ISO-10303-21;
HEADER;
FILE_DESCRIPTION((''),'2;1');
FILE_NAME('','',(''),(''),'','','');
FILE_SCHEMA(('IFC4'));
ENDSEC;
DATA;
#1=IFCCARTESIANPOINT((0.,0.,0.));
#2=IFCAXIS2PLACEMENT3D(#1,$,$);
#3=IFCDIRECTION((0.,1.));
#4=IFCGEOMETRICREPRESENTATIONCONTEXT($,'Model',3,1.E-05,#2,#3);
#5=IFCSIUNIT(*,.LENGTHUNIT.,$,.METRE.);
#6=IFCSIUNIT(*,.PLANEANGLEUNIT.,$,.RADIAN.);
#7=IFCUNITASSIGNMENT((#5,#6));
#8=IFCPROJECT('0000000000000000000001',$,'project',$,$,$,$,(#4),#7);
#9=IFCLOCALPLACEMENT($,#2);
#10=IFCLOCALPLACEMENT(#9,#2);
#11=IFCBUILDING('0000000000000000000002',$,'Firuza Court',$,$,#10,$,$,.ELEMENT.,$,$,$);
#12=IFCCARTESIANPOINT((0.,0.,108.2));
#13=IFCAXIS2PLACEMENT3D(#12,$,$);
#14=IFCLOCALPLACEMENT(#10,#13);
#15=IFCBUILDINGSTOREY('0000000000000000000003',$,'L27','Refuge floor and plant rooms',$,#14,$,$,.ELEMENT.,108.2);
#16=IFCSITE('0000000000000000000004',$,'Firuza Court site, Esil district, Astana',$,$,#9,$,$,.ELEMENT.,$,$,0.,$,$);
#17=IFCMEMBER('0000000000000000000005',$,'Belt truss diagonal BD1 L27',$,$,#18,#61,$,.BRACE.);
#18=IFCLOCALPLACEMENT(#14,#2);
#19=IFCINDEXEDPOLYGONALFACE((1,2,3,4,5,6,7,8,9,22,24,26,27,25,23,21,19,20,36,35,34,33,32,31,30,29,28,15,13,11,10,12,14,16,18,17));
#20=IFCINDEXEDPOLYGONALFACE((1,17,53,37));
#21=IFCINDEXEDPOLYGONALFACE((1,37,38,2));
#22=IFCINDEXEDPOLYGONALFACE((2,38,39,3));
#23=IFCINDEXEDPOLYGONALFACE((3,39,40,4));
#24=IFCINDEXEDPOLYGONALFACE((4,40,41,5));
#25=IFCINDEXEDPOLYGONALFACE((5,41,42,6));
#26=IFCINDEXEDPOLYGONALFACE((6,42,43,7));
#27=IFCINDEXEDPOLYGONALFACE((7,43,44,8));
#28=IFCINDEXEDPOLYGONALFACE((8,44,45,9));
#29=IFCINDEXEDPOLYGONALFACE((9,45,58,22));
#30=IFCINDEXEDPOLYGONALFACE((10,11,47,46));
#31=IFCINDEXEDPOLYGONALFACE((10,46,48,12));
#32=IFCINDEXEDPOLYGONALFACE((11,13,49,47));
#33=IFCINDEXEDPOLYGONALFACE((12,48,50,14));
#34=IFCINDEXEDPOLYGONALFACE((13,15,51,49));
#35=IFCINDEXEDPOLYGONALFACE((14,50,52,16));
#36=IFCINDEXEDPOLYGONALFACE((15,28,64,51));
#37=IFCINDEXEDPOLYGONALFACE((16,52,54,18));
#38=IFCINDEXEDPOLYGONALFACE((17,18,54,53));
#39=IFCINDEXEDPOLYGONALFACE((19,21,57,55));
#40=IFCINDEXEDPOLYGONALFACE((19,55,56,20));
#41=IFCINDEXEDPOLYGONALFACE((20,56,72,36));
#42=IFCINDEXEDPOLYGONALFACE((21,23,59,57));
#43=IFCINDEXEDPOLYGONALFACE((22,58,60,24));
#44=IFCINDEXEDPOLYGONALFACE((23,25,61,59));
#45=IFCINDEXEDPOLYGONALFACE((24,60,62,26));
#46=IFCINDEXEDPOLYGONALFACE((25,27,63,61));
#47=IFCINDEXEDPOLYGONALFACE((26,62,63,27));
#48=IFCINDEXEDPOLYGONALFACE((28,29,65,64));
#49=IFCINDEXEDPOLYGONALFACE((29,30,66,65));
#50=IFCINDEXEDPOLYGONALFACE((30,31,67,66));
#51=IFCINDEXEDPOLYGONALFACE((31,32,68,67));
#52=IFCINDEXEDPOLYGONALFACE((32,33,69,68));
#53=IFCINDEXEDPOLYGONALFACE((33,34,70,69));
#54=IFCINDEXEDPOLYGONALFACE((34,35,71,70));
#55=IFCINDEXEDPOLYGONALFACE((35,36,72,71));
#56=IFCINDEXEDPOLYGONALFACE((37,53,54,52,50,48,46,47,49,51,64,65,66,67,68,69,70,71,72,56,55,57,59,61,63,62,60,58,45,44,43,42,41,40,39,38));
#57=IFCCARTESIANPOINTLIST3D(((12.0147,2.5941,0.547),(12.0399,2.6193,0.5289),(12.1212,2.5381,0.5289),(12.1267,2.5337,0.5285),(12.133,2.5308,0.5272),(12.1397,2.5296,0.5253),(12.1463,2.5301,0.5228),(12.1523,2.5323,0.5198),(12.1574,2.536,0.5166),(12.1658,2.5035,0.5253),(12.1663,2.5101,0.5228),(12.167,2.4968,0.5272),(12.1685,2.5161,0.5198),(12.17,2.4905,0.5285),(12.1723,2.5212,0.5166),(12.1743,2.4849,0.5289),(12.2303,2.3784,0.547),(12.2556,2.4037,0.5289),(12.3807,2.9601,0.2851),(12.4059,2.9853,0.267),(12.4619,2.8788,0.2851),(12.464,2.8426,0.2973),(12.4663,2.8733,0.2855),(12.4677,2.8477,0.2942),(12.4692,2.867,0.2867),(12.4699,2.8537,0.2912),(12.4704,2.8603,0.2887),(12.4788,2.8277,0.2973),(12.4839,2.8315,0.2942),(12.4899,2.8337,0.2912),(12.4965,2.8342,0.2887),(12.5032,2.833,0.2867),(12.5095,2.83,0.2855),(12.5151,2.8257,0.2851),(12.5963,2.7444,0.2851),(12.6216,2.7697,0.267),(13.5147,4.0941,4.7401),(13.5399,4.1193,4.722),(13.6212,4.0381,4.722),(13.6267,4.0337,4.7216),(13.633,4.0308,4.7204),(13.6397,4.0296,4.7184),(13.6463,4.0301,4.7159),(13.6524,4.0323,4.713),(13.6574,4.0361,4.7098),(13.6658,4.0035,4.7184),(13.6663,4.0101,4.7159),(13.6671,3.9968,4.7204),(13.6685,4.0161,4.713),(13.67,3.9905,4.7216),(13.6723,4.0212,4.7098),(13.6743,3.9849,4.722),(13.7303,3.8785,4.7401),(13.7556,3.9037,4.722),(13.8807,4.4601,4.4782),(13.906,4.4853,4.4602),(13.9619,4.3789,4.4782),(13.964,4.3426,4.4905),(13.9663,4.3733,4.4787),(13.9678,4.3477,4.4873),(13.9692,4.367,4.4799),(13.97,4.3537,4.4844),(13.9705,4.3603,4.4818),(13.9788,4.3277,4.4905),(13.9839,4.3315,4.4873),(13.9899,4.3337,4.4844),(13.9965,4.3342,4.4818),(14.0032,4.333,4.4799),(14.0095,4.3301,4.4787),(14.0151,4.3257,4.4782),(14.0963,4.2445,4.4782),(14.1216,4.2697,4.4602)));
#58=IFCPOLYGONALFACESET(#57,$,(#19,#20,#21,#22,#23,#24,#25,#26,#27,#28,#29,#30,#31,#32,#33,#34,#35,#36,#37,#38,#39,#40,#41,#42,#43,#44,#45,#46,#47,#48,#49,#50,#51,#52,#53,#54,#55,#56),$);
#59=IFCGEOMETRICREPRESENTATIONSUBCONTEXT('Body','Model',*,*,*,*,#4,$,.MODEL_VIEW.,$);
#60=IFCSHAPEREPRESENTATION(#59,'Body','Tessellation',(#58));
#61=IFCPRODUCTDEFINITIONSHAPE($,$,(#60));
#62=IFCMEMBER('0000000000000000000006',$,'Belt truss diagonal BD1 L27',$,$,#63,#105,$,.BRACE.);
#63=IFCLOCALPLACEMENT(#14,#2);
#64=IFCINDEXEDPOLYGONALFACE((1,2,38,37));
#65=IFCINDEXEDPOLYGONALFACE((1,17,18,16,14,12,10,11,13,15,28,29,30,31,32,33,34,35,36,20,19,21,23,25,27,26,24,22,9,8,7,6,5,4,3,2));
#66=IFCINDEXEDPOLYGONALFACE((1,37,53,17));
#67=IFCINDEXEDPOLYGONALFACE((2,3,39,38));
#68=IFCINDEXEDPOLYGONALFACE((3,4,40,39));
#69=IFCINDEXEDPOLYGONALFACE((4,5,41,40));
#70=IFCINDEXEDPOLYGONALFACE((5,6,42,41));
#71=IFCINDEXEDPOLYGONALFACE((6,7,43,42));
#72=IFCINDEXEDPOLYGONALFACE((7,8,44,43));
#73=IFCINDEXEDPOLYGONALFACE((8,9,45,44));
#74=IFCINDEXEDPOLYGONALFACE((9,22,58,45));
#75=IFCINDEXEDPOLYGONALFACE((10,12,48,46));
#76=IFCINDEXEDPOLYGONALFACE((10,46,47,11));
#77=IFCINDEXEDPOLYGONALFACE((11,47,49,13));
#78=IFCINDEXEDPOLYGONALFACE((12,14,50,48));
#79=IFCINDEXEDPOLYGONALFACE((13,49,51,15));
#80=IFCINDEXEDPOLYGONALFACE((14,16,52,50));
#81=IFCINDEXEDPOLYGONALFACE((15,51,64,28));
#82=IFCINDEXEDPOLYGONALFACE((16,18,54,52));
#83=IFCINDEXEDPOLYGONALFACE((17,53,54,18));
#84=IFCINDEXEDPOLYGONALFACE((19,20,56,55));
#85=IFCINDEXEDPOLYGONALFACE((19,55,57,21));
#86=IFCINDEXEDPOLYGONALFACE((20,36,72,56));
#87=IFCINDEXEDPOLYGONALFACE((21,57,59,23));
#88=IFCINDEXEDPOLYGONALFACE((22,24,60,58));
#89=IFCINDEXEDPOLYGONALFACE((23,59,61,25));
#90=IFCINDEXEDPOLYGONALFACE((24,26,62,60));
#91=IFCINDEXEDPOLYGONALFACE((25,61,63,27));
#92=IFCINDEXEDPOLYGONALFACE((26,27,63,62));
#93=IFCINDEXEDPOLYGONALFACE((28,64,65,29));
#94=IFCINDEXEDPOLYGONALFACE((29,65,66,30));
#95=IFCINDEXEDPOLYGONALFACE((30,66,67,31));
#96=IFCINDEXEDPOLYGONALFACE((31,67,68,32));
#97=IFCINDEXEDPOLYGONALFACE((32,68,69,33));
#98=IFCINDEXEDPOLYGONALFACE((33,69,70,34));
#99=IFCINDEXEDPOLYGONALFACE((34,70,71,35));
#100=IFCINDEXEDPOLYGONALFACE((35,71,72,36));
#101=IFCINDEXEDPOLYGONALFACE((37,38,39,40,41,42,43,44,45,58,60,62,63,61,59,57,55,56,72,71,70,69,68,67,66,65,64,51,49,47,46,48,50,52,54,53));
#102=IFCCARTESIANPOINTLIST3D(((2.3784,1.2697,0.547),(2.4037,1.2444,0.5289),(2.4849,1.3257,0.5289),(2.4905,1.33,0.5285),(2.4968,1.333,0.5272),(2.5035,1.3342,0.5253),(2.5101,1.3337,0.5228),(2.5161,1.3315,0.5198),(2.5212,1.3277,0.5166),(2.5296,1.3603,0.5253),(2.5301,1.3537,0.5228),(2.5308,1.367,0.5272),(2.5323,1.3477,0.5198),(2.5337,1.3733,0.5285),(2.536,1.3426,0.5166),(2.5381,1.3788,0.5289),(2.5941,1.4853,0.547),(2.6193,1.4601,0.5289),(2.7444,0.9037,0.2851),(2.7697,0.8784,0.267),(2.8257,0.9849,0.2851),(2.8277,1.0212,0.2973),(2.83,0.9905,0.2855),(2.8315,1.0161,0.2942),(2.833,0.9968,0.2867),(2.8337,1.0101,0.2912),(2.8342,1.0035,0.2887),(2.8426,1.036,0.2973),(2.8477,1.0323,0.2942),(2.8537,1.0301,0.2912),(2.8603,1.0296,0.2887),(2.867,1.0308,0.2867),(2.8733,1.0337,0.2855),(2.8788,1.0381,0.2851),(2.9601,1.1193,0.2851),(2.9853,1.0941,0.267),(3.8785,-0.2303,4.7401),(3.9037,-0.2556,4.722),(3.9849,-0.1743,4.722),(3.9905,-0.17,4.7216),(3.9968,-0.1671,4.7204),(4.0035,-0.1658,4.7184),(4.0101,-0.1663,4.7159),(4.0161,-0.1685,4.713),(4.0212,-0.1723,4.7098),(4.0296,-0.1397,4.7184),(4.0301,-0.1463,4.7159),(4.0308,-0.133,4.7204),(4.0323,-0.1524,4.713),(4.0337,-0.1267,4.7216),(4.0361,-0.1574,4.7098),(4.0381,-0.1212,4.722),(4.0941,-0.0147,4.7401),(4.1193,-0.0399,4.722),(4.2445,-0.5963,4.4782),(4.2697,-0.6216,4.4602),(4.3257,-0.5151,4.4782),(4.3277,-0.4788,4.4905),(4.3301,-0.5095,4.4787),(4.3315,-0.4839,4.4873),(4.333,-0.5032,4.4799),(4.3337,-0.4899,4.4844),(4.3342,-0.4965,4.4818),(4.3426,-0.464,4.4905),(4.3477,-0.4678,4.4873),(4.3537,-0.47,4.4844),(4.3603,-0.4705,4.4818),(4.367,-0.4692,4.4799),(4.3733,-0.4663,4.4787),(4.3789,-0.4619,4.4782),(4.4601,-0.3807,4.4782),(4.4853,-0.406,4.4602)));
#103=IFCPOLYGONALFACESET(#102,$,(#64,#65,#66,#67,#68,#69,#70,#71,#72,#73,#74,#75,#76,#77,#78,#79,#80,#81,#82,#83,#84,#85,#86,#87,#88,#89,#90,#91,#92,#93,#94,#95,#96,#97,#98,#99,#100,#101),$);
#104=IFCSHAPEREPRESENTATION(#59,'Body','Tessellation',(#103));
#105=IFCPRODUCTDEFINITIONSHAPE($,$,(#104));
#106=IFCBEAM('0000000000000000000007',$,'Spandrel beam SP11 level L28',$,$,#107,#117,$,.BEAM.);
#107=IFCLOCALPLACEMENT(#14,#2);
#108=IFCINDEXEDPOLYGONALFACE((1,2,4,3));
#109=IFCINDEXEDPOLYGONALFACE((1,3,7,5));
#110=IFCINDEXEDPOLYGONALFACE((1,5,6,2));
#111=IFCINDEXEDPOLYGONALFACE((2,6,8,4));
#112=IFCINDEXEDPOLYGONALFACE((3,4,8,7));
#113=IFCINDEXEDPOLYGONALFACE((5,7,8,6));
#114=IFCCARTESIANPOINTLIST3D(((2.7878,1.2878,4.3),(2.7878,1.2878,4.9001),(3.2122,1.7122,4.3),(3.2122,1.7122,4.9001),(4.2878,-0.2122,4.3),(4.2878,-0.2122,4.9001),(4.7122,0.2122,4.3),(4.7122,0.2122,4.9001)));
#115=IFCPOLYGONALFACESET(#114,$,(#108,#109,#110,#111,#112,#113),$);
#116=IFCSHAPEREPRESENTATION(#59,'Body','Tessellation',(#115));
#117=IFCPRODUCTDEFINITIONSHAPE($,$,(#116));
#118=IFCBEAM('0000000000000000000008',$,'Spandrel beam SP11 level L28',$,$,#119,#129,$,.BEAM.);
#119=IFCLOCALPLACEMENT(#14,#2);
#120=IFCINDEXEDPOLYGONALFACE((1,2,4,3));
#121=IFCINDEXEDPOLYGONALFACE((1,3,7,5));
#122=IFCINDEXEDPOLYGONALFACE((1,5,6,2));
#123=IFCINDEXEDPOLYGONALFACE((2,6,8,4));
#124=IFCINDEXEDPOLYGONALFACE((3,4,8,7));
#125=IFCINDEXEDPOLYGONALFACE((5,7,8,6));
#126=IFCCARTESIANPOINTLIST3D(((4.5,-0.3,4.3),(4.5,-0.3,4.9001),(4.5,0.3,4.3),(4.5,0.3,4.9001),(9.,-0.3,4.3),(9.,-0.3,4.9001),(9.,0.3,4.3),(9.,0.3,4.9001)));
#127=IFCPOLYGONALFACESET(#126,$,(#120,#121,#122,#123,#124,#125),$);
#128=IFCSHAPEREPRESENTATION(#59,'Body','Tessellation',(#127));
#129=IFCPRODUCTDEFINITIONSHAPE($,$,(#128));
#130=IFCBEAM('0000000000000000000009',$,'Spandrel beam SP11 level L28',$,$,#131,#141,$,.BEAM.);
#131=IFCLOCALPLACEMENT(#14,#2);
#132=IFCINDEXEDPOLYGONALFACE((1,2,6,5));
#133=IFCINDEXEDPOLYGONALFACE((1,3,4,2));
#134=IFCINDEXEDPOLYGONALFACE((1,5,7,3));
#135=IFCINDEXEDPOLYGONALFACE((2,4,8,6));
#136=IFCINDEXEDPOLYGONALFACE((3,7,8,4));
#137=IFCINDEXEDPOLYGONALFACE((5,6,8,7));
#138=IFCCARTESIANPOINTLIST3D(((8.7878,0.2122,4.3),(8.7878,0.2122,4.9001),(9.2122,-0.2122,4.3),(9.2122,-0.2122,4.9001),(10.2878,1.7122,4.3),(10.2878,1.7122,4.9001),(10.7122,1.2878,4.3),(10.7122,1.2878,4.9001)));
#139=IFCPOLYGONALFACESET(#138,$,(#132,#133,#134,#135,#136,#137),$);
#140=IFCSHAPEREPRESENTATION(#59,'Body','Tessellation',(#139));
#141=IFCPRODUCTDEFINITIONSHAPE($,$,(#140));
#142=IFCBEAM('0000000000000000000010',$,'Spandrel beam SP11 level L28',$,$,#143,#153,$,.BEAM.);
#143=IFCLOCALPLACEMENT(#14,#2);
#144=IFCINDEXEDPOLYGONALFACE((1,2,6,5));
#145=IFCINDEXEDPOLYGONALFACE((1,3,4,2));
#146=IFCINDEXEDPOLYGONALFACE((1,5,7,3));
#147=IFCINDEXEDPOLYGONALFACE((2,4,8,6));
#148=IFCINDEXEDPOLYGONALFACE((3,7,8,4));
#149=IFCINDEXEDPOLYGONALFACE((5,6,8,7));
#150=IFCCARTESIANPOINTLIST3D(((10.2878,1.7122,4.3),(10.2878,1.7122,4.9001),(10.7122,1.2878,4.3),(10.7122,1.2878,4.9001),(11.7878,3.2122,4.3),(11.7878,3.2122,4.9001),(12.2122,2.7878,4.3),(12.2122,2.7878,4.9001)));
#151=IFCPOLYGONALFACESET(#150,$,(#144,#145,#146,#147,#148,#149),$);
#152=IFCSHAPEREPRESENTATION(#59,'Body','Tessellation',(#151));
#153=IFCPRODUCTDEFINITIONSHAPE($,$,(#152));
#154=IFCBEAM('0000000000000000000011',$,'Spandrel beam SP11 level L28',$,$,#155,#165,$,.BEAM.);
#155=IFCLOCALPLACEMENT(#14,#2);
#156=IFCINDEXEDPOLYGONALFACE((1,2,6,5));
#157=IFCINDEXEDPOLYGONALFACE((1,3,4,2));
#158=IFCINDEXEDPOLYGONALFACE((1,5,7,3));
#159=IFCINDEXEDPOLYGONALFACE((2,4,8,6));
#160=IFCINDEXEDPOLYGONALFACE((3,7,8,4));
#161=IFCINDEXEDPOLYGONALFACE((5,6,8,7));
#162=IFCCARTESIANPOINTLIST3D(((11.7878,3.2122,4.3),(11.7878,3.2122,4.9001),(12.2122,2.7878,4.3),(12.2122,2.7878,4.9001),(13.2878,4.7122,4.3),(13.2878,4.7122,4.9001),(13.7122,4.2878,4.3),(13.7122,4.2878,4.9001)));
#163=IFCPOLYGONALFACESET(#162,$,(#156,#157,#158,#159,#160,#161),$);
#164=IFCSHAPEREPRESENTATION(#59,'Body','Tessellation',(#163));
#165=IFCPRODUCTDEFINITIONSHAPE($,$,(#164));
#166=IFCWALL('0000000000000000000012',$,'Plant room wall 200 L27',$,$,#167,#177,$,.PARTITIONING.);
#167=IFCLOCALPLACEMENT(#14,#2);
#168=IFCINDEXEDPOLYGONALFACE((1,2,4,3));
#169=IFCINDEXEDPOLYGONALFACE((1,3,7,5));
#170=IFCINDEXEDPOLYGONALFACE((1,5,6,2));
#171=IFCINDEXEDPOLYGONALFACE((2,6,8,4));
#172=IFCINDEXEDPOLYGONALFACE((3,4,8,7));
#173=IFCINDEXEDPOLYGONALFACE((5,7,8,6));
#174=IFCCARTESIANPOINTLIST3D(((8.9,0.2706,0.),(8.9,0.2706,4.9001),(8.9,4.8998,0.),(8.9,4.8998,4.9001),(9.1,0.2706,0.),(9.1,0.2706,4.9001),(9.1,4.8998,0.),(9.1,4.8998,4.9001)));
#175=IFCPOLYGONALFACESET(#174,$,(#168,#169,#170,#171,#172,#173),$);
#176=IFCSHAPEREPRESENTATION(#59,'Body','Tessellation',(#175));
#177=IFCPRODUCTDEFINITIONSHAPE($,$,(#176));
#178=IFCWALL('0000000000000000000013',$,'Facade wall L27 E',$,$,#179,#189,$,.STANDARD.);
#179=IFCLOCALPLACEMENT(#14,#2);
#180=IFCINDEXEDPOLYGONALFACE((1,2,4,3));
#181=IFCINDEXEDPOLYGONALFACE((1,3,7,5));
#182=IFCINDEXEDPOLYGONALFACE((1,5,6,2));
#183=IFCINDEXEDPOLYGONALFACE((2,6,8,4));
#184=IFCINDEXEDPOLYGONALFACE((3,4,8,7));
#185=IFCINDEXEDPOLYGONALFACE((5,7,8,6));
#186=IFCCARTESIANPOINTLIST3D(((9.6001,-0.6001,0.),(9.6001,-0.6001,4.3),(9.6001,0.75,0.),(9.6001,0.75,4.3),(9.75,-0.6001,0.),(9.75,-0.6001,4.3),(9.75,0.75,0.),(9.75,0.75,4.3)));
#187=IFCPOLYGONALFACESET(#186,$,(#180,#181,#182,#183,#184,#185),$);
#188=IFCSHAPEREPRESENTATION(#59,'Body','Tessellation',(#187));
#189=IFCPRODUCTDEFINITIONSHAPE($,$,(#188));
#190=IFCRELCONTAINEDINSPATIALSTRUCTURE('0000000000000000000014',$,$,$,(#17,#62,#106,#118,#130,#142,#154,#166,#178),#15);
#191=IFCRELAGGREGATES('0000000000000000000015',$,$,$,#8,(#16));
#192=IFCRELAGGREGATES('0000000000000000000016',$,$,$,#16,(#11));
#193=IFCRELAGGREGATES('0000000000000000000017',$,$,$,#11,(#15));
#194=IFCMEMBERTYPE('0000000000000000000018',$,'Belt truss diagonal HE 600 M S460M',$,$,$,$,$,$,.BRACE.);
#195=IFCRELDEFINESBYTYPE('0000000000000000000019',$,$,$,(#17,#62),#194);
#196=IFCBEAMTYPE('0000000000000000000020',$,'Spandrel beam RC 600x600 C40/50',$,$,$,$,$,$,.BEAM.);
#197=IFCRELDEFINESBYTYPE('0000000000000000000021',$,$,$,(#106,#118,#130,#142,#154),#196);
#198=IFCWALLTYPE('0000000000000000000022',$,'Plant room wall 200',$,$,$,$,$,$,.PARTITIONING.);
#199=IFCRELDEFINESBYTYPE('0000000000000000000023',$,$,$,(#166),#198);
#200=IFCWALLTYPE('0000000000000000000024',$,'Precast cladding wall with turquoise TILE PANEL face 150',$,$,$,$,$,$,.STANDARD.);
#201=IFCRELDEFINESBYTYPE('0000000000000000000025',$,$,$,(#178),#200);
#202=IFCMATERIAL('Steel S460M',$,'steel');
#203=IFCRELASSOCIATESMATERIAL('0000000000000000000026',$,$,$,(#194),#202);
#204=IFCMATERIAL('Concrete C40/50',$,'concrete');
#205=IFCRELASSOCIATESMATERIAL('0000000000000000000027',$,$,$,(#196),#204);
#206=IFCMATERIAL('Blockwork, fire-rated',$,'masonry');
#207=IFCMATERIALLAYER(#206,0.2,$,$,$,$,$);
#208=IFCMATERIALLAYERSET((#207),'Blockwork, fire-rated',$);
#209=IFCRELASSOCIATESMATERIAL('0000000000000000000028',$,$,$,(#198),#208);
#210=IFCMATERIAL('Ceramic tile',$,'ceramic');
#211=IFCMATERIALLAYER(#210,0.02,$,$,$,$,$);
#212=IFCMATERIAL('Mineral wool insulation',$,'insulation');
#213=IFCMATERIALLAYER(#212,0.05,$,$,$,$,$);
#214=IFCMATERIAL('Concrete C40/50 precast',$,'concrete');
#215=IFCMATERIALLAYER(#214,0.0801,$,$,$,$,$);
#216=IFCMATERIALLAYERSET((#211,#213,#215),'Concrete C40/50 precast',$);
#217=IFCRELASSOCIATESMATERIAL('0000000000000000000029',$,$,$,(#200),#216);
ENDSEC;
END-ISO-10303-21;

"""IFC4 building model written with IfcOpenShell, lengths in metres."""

from ifc_helpers import new_model, si_unit, direction, frame, frame_2d, origin, origin_2d, place, context, subcontext, project, spatial, rectangle, i_section, extrude, material, layer, layer_set, material_profile, profile_set, type_object, element, save


model = new_model("IFC4")

# Units and contexts
model_context = context("Model", 3, precision=1e-05, world=origin(), true_north=direction((0.0, 1.0)))
body_context = subcontext(model_context, "Body", "Model", "MODEL_VIEW")
ifc_project = project(units=[si_unit("LENGTHUNIT", "METRE"), si_unit("PLANEANGLEUNIT", "RADIAN")], contexts=[model_context])

# Site, building, storey
site_placement = place(None, origin())
site = spatial("IfcSite", under=ifc_project, at=site_placement, Name="Firuza Court site, Esil district, Astana", CompositionType="ELEMENT", RefElevation=0.0)
building_placement = place(site_placement, origin())
building = spatial("IfcBuilding", under=site, at=building_placement, Name="Firuza Court", CompositionType="ELEMENT")
storey_placement = place(building_placement, frame((0.0, 0.0, 108.2)))
storey = spatial("IfcBuildingStorey", under=building, at=storey_placement, Name="L27", Description="Refuge floor and plant rooms", CompositionType="ELEMENT", Elevation=108.2)

# Members
ifc_material_1 = material(Name="Steel S460M", Category="steel")
ifc_material_profile_1 = material_profile(ifc_material_1, i_section(OverallWidth=0.3049, OverallDepth=0.6201, WebThickness=0.021, FlangeThickness=0.04, FilletRadius=0.0271, at=origin_2d()), Name="HE 600 M")
ifc_profile_set_1 = profile_set([ifc_material_profile_1], Name="Steel S460M")
member_type_1 = type_object("IfcMemberType", Name="Belt truss diagonal HE 600 M S460M", PredefinedType="BRACE", material=ifc_profile_set_1)
for number, where, z_axis, x_axis, name in (
    (1, (12.3181, 2.6819, 0.407), (0.319205, 0.319205, 0.892309), (-0.707107, 0.707107, 0.0), "Belt truss diagonal BD1 L27"),
    (2, (2.6819, 1.1819, 0.407), (0.319205, -0.319205, 0.892309), (0.707107, 0.707107, 0.0), "Belt truss diagonal BD1 L27"),
):
    element("IfcMember", number, at=place(storey_placement, frame(where, z_axis=z_axis, x_axis=x_axis)), inside=storey, type_object=member_type_1, Name=name, PredefinedType="BRACE", context=body_context, shape_type="SweptSolid", body=[
        extrude(i_section(OverallWidth=0.3049, OverallDepth=0.6201, WebThickness=0.021, FlangeThickness=0.04, FilletRadius=0.0271, at=origin_2d()), origin(), (0.0, 0.0, 1.0), 4.6992),
    ])

# Beams
ifc_material_2 = material(Name="Concrete C40/50", Category="concrete")
ifc_material_profile_2 = material_profile(ifc_material_2, rectangle(XDim=0.6001, YDim=0.6001, at=origin_2d()), Name="RC 600x600")
ifc_profile_set_2 = profile_set([ifc_material_profile_2], Name="Concrete C40/50")
beam_type = type_object("IfcBeamType", Name="Spandrel beam RC 600x600 C40/50", PredefinedType="BEAM", material=ifc_profile_set_2)
beam_1_placement = place(storey_placement, frame((3.0, 1.5, 4.6001), z_axis=(0.707107, -0.707107, 0.0), x_axis=(0.707107, 0.707107, 0.0)))
element("IfcBeam", 3, at=beam_1_placement, inside=storey, type_object=beam_type, Name="Spandrel beam SP11 level L28", PredefinedType="BEAM", context=body_context, shape_type="SweptSolid", body=[
    extrude(rectangle(XDim=0.6001, YDim=0.6001, at=origin_2d()), origin(), (0.0, 0.0, 1.0), 2.1213),
])
beam_2_placement = place(storey_placement, frame((4.5, 0.0, 4.6001), z_axis=(1.0, 0.0, 0.0), x_axis=(0.0, 1.0, 0.0)))
element("IfcBeam", 4, at=beam_2_placement, inside=storey, type_object=beam_type, Name="Spandrel beam SP11 level L28", PredefinedType="BEAM", context=body_context, shape_type="SweptSolid", body=[
    extrude(rectangle(XDim=0.6001, YDim=0.6001, at=origin_2d()), origin(), (0.0, 0.0, 1.0), 4.5),
])
for number, where, z_axis, x_axis, name in (
    (5, (9.0, 0.0, 4.6001), (0.707107, 0.707107, 0.0), (-0.707107, 0.707107, 0.0), "Spandrel beam SP11 level L28"),
    (6, (10.5, 1.5, 4.6001), (0.707107, 0.707107, 0.0), (-0.707107, 0.707107, 0.0), "Spandrel beam SP11 level L28"),
    (7, (12.0, 3.0, 4.6001), (0.707107, 0.707107, 0.0), (-0.707107, 0.707107, 0.0), "Spandrel beam SP11 level L28"),
):
    element("IfcBeam", number, at=place(storey_placement, frame(where, z_axis=z_axis, x_axis=x_axis)), inside=storey, type_object=beam_type, Name=name, PredefinedType="BEAM", context=body_context, shape_type="SweptSolid", body=[
        extrude(rectangle(XDim=0.6001, YDim=0.6001, at=origin_2d()), origin(), (0.0, 0.0, 1.0), 2.1213),
    ])

# Walls
ifc_material_3 = material(Name="Blockwork, fire-rated", Category="masonry")
ifc_layer_1 = layer(ifc_material_3, 0.2)
ifc_layer_set_1 = layer_set([ifc_layer_1], Name="Blockwork, fire-rated")
wall_type_1 = type_object("IfcWallType", Name="Plant room wall 200", PredefinedType="PARTITIONING", material=ifc_layer_set_1)
wall_1_placement = place(storey_placement, frame((9.0, 0.2708, 0.0), z_axis=(0.0, 0.0, 1.0), x_axis=(0.0, 1.0, 0.0)))
element("IfcWall", 8, at=wall_1_placement, inside=storey, type_object=wall_type_1, Name="Plant room wall 200 L27", PredefinedType="PARTITIONING", context=body_context, shape_type="SweptSolid", body=[
    extrude(rectangle(XDim=4.6292, YDim=0.2, at=frame_2d((2.3145, 0.0))), origin(), (0.0, 0.0, 1.0), 4.9001),
])
ifc_material_4 = material(Name="Ceramic tile", Category="ceramic")
ifc_layer_2 = layer(ifc_material_4, 0.02)
ifc_material_5 = material(Name="Mineral wool insulation", Category="insulation")
ifc_layer_3 = layer(ifc_material_5, 0.05)
ifc_material_6 = material(Name="Concrete C40/50 precast", Category="concrete")
ifc_layer_4 = layer(ifc_material_6, 0.0801)
ifc_layer_set_2 = layer_set([ifc_layer_2, ifc_layer_3, ifc_layer_4], Name="Concrete C40/50 precast")
wall_type_2 = type_object("IfcWallType", Name="Precast cladding wall with turquoise TILE PANEL face 150", PredefinedType="STANDARD", material=ifc_layer_set_2)
wall_2_placement = place(storey_placement, frame((9.675, -0.6001, 0.0), z_axis=(0.0, 0.0, 1.0), x_axis=(0.0, 1.0, 0.0)))
element("IfcWall", 9, at=wall_2_placement, inside=storey, type_object=wall_type_2, Name="Facade wall L27 E", PredefinedType="STANDARD", context=body_context, shape_type="SweptSolid", body=[
    extrude(rectangle(XDim=1.3501, YDim=0.1499, at=frame_2d((0.675, 0.0))), origin(), (0.0, 0.0, 1.0), 4.3),
])

save(model, "model.ifc")
